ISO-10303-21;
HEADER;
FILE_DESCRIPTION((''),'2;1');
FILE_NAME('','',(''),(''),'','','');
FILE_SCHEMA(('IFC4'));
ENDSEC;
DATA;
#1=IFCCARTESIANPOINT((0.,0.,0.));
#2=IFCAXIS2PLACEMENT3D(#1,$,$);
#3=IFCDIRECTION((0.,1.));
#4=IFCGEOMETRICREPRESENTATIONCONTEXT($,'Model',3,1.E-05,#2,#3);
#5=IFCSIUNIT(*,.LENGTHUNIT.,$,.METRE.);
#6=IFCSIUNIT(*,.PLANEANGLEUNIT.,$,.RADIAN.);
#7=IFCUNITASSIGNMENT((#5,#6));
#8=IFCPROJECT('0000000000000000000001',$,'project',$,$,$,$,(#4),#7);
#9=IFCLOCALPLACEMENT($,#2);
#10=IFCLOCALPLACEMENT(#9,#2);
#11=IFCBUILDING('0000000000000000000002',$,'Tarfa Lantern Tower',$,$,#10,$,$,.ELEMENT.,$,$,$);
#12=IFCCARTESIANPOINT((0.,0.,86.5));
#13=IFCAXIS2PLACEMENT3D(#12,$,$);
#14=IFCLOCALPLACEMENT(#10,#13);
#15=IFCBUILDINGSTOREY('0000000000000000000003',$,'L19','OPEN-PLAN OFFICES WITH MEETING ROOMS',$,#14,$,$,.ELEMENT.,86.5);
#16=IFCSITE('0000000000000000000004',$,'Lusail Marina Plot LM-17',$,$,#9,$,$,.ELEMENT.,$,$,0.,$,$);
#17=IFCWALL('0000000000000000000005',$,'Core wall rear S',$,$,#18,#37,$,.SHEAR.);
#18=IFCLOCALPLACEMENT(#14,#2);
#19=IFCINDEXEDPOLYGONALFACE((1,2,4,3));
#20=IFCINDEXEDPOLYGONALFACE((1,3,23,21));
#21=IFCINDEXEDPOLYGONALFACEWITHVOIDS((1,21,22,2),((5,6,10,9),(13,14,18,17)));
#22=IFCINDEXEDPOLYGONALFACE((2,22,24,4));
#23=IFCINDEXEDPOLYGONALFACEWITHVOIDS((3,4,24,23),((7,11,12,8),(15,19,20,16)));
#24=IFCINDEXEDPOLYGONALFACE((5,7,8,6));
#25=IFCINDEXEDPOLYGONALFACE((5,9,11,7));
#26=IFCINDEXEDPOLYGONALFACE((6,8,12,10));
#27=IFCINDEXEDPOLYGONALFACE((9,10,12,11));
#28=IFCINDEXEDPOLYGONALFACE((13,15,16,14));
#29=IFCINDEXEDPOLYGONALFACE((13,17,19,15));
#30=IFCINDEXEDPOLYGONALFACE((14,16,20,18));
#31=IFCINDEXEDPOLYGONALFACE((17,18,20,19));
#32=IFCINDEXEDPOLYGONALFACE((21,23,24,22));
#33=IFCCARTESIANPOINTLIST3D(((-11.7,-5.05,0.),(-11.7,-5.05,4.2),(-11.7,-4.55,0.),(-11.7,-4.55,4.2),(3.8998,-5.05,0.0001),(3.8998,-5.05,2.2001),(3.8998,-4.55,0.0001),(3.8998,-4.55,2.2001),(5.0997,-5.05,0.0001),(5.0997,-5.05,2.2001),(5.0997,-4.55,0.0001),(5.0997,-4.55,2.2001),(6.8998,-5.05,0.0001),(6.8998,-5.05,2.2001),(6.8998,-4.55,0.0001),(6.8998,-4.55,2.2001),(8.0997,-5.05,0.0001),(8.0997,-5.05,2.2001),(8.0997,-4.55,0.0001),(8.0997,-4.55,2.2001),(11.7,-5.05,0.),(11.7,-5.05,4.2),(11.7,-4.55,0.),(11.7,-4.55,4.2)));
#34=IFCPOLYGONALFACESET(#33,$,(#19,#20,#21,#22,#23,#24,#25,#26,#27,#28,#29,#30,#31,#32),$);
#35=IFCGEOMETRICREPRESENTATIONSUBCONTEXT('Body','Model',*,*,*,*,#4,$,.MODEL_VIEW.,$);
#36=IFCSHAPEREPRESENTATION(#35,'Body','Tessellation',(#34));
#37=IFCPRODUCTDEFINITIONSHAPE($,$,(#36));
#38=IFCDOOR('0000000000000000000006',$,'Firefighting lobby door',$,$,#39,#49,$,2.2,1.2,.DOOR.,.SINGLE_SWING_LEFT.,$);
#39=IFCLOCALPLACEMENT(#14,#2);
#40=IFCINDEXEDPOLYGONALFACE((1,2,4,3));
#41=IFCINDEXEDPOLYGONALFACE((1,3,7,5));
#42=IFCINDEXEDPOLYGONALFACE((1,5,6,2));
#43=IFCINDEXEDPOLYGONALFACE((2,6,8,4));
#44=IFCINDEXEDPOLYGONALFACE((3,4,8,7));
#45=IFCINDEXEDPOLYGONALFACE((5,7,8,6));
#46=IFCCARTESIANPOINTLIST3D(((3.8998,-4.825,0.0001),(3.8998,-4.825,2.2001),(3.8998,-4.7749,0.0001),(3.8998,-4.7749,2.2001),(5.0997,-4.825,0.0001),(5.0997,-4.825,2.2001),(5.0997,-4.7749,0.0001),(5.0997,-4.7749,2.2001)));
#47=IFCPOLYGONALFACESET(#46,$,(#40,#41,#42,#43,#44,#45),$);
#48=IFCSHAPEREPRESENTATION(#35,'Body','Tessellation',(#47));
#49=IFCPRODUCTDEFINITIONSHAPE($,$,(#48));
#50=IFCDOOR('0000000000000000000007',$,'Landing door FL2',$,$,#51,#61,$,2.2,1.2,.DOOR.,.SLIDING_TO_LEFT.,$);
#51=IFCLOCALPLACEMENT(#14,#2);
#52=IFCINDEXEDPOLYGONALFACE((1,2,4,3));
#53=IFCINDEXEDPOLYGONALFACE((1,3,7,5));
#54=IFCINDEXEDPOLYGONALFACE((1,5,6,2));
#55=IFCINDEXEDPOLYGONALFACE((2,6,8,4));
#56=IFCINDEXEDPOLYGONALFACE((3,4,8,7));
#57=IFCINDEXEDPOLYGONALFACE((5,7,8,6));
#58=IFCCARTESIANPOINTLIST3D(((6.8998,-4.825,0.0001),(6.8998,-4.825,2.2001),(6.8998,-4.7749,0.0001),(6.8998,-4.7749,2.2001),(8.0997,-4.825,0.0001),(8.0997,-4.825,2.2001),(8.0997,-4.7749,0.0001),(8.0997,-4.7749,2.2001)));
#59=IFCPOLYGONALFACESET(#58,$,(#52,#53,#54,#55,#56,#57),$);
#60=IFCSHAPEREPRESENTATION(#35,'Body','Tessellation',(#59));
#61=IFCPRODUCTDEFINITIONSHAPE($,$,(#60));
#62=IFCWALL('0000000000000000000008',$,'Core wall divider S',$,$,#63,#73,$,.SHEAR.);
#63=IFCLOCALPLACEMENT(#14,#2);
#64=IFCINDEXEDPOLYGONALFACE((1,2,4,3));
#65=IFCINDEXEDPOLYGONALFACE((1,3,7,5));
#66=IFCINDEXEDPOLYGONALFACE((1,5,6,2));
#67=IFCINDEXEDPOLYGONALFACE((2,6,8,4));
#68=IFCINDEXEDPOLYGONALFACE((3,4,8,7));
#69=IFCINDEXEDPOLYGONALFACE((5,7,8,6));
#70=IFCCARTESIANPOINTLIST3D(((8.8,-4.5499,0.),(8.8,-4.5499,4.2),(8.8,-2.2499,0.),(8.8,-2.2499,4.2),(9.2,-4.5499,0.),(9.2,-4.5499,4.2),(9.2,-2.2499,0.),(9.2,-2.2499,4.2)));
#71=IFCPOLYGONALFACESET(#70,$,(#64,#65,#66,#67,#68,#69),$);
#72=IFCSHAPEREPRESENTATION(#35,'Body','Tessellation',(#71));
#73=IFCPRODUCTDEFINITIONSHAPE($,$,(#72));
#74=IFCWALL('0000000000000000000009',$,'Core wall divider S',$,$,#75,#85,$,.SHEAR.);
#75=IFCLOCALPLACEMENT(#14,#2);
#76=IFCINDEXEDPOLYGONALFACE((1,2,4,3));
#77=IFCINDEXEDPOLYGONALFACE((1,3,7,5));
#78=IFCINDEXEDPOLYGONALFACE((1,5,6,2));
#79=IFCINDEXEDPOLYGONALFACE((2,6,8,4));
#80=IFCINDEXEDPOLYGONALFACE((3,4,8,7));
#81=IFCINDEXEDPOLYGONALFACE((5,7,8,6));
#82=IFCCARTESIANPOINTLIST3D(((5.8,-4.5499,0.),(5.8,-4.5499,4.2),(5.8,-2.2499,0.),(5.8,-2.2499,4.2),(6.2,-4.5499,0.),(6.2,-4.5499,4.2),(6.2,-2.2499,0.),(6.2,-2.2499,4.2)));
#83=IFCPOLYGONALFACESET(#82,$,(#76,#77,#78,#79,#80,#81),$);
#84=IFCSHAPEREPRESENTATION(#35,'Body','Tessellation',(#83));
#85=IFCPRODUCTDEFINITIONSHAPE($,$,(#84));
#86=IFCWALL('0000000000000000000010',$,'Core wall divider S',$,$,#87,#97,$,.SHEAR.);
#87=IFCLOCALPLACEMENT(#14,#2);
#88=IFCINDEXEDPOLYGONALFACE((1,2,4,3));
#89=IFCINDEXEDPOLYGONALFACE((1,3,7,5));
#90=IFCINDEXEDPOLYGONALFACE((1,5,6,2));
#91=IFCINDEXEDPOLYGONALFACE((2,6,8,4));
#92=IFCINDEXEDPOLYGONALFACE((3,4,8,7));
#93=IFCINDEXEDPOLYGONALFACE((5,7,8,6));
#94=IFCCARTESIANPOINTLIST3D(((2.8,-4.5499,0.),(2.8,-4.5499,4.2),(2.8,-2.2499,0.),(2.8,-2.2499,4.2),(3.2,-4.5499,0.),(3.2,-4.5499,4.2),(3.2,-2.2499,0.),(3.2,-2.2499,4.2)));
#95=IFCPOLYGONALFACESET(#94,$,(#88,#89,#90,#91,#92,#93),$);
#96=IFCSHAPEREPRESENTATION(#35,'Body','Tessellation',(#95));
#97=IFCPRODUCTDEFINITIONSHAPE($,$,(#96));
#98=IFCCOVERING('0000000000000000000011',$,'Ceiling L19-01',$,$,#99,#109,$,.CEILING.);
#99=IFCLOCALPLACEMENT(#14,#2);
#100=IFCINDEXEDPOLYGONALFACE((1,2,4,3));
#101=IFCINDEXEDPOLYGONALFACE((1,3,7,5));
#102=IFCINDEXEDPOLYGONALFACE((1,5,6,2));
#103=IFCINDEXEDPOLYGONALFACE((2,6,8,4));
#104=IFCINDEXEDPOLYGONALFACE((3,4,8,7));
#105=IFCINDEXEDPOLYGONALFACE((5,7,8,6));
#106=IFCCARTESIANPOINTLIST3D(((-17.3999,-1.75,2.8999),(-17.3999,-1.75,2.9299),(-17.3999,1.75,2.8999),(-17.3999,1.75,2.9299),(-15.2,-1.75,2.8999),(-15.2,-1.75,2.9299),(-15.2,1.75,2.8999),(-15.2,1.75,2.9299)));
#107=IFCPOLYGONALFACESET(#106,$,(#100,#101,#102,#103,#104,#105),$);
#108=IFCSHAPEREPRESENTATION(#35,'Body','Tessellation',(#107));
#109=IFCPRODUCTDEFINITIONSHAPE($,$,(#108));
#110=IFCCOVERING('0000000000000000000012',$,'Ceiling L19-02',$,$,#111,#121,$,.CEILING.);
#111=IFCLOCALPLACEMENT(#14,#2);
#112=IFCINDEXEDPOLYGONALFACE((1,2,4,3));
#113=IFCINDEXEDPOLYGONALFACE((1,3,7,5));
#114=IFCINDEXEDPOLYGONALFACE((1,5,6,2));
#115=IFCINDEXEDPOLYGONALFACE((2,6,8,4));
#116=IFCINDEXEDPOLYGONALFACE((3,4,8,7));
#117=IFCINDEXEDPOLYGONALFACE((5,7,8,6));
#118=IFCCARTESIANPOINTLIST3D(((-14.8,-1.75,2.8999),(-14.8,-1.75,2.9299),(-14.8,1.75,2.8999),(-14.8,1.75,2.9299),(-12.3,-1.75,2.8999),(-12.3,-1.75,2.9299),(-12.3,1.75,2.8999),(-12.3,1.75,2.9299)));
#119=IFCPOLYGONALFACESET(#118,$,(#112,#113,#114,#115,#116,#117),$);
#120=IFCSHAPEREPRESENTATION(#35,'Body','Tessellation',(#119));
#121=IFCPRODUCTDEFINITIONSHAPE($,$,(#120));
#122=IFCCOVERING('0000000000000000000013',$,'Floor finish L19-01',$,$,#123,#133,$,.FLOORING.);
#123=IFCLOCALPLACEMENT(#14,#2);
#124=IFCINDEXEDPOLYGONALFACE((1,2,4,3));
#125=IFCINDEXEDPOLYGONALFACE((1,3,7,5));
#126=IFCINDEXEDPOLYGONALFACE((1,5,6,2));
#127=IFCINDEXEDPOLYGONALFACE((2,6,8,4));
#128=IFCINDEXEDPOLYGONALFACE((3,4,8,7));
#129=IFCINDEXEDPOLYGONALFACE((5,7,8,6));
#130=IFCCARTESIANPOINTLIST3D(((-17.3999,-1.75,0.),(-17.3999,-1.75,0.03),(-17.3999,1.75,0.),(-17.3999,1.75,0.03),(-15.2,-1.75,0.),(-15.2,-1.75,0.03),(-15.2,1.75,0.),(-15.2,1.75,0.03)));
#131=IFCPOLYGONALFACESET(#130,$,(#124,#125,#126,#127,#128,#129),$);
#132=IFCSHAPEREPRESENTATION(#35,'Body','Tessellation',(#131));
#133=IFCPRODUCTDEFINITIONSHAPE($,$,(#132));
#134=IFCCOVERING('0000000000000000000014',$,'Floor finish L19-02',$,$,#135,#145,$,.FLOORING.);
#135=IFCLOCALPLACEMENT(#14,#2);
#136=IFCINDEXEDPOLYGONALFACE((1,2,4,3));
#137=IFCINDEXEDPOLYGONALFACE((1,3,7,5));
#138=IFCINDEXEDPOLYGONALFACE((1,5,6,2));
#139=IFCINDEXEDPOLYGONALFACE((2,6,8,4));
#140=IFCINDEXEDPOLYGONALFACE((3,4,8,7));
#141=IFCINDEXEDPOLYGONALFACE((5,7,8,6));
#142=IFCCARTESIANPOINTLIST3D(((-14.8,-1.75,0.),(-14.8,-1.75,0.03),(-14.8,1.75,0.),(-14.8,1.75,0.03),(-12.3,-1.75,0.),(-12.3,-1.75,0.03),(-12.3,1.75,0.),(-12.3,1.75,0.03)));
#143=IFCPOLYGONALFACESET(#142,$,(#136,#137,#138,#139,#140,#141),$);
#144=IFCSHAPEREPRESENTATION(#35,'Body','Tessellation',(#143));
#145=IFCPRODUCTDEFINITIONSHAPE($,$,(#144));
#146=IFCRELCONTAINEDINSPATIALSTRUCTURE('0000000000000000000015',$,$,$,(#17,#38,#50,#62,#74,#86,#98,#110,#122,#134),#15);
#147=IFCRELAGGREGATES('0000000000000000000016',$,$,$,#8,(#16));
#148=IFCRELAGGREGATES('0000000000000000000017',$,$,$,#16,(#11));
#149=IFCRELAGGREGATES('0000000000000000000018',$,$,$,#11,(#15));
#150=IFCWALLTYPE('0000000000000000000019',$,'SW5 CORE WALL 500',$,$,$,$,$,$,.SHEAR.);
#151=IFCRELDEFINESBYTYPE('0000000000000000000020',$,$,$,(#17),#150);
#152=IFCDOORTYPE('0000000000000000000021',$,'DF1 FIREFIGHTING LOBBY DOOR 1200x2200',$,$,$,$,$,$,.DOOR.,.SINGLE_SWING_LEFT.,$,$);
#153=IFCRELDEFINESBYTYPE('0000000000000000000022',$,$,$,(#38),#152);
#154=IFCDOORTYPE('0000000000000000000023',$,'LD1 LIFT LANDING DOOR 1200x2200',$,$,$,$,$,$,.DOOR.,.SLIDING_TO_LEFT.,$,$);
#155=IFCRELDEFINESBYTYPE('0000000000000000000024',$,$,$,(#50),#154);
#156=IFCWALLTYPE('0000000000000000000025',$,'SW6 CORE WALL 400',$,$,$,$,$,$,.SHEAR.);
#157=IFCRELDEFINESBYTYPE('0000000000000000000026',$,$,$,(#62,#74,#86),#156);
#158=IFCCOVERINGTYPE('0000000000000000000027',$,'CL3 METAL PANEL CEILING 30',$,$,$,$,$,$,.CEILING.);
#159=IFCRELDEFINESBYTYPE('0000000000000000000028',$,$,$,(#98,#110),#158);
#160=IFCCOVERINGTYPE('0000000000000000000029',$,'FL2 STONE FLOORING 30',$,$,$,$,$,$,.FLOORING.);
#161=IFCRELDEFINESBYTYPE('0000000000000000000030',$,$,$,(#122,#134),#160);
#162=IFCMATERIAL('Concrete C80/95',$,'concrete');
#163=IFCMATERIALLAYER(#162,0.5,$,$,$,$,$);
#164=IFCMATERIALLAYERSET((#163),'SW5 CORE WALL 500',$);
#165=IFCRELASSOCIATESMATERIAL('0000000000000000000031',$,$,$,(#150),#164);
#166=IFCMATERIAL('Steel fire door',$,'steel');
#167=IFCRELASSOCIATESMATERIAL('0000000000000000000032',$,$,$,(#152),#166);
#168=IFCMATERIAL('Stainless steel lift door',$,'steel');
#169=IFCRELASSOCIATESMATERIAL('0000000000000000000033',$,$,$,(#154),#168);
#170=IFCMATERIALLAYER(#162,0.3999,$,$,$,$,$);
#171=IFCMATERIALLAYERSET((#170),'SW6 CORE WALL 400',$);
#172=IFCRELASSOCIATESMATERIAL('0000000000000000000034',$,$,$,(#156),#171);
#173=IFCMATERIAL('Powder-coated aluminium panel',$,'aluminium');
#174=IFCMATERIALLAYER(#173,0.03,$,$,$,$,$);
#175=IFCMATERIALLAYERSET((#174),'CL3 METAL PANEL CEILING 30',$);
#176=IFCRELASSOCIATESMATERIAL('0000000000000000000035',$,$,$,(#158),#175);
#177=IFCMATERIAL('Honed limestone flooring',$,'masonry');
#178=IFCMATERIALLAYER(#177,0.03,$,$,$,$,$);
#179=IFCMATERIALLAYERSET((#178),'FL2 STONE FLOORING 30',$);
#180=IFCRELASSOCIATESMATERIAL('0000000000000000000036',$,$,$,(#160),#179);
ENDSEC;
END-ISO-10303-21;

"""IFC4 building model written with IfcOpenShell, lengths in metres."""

from ifc_helpers import new_model, si_unit, direction, frame, frame_2d, origin, place, context, subcontext, project, spatial, polyline, rectangle, outline, extrude, material, layer, layer_set, type_object, element, fill, save


model = new_model("IFC4")

# Units and contexts
model_context = context("Model", 3, precision=1e-05, world=origin(), true_north=direction((0.0, 1.0)))
body_context = subcontext(model_context, "Body", "Model", "MODEL_VIEW")
ifc_project = project(units=[si_unit("LENGTHUNIT", "METRE"), si_unit("PLANEANGLEUNIT", "RADIAN")], contexts=[model_context])

# Site, building, storey
site_placement = place(None, origin())
site = spatial("IfcSite", under=ifc_project, at=site_placement, Name="Lusail Marina Plot LM-17", CompositionType="ELEMENT", RefElevation=0.0)
building_placement = place(site_placement, origin())
building = spatial("IfcBuilding", under=site, at=building_placement, Name="Tarfa Lantern Tower", CompositionType="ELEMENT")
storey_placement = place(building_placement, frame((0.0, 0.0, 86.5)))
storey = spatial("IfcBuildingStorey", under=building, at=storey_placement, Name="L19", Description="OPEN-PLAN OFFICES WITH MEETING ROOMS", CompositionType="ELEMENT", Elevation=86.5)

# Shared definitions
ifc_material_1 = material(Name="Concrete C80/95", Category="concrete")
ifc_layer_1 = layer(ifc_material_1, 0.5)
ifc_layer_set_1 = layer_set([ifc_layer_1], Name="SW5 CORE WALL 500")
wall_type_1 = type_object("IfcWallType", Name="SW5 CORE WALL 500", PredefinedType="SHEAR", material=ifc_layer_set_1)

# Wall, openings, doors
ifc_material_2 = material(Name="Stainless steel lift door", Category="steel")
wall_1_placement = place(storey_placement, frame((11.7, -4.8, 0.0), z_axis=(0.0, 0.0, 1.0), x_axis=(-1.0, 0.0, 0.0)))
wall_1 = element("IfcWall", 1, at=wall_1_placement, inside=storey, type_object=wall_type_1, Name="Core wall rear S", PredefinedType="SHEAR", context=body_context, shape_type="SweptSolid", body=[
    extrude(rectangle(XDim=23.3999, YDim=0.5, at=frame_2d((11.7, 0.0))), origin(), (0.0, 0.0, 1.0), 4.2),
])
opening_1_placement = place(wall_1_placement, frame((6.6001, 0.0, 0.0)))
opening_1 = element("IfcOpeningElement", 2, at=opening_1_placement, cuts=wall_1, PredefinedType="OPENING", context=body_context, shape_type="SweptSolid", body=[
    extrude(rectangle(XDim=1.2, YDim=2.2, at=frame_2d((0.6001, 1.1001))), frame((0.0, 0.26, 0.0), z_axis=(0.0, -1.0, 0.0), x_axis=(1.0, 0.0, 0.0)), (0.0, 0.0, 1.0), 0.52),
])
opening_2_placement = place(wall_1_placement, frame((3.6001, 0.0, 0.0)))
opening_2 = element("IfcOpeningElement", 3, at=opening_2_placement, cuts=wall_1, PredefinedType="OPENING", context=body_context, shape_type="SweptSolid", body=[
    extrude(rectangle(XDim=1.2, YDim=2.2, at=frame_2d((0.6001, 1.1001))), frame((0.0, 0.26, 0.0), z_axis=(0.0, -1.0, 0.0), x_axis=(1.0, 0.0, 0.0)), (0.0, 0.0, 1.0), 0.52),
])
ifc_material_3 = material(Name="Steel fire door", Category="steel")
door_type_1 = type_object("IfcDoorType", Name="DF1 FIREFIGHTING LOBBY DOOR 1200x2200", OperationType="SINGLE_SWING_LEFT", PredefinedType="DOOR", material=ifc_material_3)
door_1_placement = place(opening_1_placement, origin())
door_1 = element("IfcDoor", 4, at=door_1_placement, inside=storey, type_object=door_type_1, Name="Firefighting lobby door", OperationType="SINGLE_SWING_LEFT", OverallHeight=2.2, OverallWidth=1.2, PredefinedType="DOOR", context=body_context, shape_type="SweptSolid", body=[
    extrude(rectangle(XDim=1.2, YDim=2.2, at=frame_2d((0.6001, 1.1001))), frame((0.0, 0.0249, 0.0), z_axis=(0.0, -1.0, 0.0), x_axis=(1.0, 0.0, 0.0)), (0.0, 0.0, 1.0), 0.05),
])
fill(opening_1, door_1)
door_type_2 = type_object("IfcDoorType", Name="LD1 LIFT LANDING DOOR 1200x2200", OperationType="SLIDING_TO_LEFT", PredefinedType="DOOR", material=ifc_material_2)
door_2_placement = place(opening_2_placement, origin())
door_2 = element("IfcDoor", 5, at=door_2_placement, inside=storey, type_object=door_type_2, Name="Landing door FL2", OperationType="SLIDING_TO_LEFT", OverallHeight=2.2, OverallWidth=1.2, PredefinedType="DOOR", context=body_context, shape_type="SweptSolid", body=[
    extrude(rectangle(XDim=1.2, YDim=2.2, at=frame_2d((0.6001, 1.1001))), frame((0.0, 0.0249, 0.0), z_axis=(0.0, -1.0, 0.0), x_axis=(1.0, 0.0, 0.0)), (0.0, 0.0, 1.0), 0.05),
])
fill(opening_2, door_2)

# Walls
ifc_layer_2 = layer(ifc_material_1, 0.3999)
ifc_layer_set_2 = layer_set([ifc_layer_2], Name="SW6 CORE WALL 400")
wall_type_2 = type_object("IfcWallType", Name="SW6 CORE WALL 400", PredefinedType="SHEAR", material=ifc_layer_set_2)
for number, where, z_axis, x_axis, name in (
    (6, (9.0, -2.25, 0.0), (0.0, 0.0, 1.0), (0.0, -1.0, 0.0), "Core wall divider S"),
    (7, (6.0, -2.25, 0.0), (0.0, 0.0, 1.0), (0.0, -1.0, 0.0), "Core wall divider S"),
    (8, (3.0, -2.25, 0.0), (0.0, 0.0, 1.0), (0.0, -1.0, 0.0), "Core wall divider S"),
):
    element("IfcWall", number, at=place(storey_placement, frame(where, z_axis=z_axis, x_axis=x_axis)), inside=storey, type_object=wall_type_2, Name=name, PredefinedType="SHEAR", context=body_context, shape_type="SweptSolid", body=[
        extrude(rectangle(XDim=2.3, YDim=0.3999, at=frame_2d((1.1499, 0.0))), origin(), (0.0, 0.0, 1.0), 4.2),
    ])

# Coverings
ifc_material_4 = material(Name="Powder-coated aluminium panel", Category="aluminium")
ifc_layer_3 = layer(ifc_material_4, 0.03)
ifc_layer_set_3 = layer_set([ifc_layer_3], Name="CL3 METAL PANEL CEILING 30")
covering_type_1 = type_object("IfcCoveringType", Name="CL3 METAL PANEL CEILING 30", PredefinedType="CEILING", material=ifc_layer_set_3)
covering_1_placement = place(storey_placement, frame((0.0, 0.0, 2.8999)))
element("IfcCovering", 9, at=covering_1_placement, inside=storey, type_object=covering_type_1, Name="Ceiling L19-01", PredefinedType="CEILING", context=body_context, shape_type="SweptSolid", body=[
    extrude(outline(polyline([(-17.3999, -1.75), (-15.2, -1.75), (-15.2, 1.75), (-17.3999, 1.75), (-17.3999, -1.75)])), origin(), (0.0, 0.0, 1.0), 0.03),
])
covering_2_placement = place(storey_placement, frame((0.0, 0.0, 2.8999)))
element("IfcCovering", 10, at=covering_2_placement, inside=storey, type_object=covering_type_1, Name="Ceiling L19-02", PredefinedType="CEILING", context=body_context, shape_type="SweptSolid", body=[
    extrude(outline(polyline([(-14.8, -1.75), (-12.3, -1.75), (-12.3, 1.75), (-14.8, 1.75), (-14.8, -1.75)])), origin(), (0.0, 0.0, 1.0), 0.03),
])
ifc_material_5 = material(Name="Honed limestone flooring", Category="masonry")
ifc_layer_4 = layer(ifc_material_5, 0.03)
ifc_layer_set_4 = layer_set([ifc_layer_4], Name="FL2 STONE FLOORING 30")
covering_type_2 = type_object("IfcCoveringType", Name="FL2 STONE FLOORING 30", PredefinedType="FLOORING", material=ifc_layer_set_4)
covering_3_placement = place(storey_placement, origin())
element("IfcCovering", 11, at=covering_3_placement, inside=storey, type_object=covering_type_2, Name="Floor finish L19-01", PredefinedType="FLOORING", context=body_context, shape_type="SweptSolid", body=[
    extrude(outline(polyline([(-17.3999, -1.75), (-15.2, -1.75), (-15.2, 1.75), (-17.3999, 1.75), (-17.3999, -1.75)])), origin(), (0.0, 0.0, 1.0), 0.03),
])
covering_4_placement = place(storey_placement, origin())
element("IfcCovering", 12, at=covering_4_placement, inside=storey, type_object=covering_type_2, Name="Floor finish L19-02", PredefinedType="FLOORING", context=body_context, shape_type="SweptSolid", body=[
    extrude(outline(polyline([(-14.8, -1.75), (-12.3, -1.75), (-12.3, 1.75), (-14.8, 1.75), (-14.8, -1.75)])), origin(), (0.0, 0.0, 1.0), 0.03),
])

save(model, "model.ifc")
